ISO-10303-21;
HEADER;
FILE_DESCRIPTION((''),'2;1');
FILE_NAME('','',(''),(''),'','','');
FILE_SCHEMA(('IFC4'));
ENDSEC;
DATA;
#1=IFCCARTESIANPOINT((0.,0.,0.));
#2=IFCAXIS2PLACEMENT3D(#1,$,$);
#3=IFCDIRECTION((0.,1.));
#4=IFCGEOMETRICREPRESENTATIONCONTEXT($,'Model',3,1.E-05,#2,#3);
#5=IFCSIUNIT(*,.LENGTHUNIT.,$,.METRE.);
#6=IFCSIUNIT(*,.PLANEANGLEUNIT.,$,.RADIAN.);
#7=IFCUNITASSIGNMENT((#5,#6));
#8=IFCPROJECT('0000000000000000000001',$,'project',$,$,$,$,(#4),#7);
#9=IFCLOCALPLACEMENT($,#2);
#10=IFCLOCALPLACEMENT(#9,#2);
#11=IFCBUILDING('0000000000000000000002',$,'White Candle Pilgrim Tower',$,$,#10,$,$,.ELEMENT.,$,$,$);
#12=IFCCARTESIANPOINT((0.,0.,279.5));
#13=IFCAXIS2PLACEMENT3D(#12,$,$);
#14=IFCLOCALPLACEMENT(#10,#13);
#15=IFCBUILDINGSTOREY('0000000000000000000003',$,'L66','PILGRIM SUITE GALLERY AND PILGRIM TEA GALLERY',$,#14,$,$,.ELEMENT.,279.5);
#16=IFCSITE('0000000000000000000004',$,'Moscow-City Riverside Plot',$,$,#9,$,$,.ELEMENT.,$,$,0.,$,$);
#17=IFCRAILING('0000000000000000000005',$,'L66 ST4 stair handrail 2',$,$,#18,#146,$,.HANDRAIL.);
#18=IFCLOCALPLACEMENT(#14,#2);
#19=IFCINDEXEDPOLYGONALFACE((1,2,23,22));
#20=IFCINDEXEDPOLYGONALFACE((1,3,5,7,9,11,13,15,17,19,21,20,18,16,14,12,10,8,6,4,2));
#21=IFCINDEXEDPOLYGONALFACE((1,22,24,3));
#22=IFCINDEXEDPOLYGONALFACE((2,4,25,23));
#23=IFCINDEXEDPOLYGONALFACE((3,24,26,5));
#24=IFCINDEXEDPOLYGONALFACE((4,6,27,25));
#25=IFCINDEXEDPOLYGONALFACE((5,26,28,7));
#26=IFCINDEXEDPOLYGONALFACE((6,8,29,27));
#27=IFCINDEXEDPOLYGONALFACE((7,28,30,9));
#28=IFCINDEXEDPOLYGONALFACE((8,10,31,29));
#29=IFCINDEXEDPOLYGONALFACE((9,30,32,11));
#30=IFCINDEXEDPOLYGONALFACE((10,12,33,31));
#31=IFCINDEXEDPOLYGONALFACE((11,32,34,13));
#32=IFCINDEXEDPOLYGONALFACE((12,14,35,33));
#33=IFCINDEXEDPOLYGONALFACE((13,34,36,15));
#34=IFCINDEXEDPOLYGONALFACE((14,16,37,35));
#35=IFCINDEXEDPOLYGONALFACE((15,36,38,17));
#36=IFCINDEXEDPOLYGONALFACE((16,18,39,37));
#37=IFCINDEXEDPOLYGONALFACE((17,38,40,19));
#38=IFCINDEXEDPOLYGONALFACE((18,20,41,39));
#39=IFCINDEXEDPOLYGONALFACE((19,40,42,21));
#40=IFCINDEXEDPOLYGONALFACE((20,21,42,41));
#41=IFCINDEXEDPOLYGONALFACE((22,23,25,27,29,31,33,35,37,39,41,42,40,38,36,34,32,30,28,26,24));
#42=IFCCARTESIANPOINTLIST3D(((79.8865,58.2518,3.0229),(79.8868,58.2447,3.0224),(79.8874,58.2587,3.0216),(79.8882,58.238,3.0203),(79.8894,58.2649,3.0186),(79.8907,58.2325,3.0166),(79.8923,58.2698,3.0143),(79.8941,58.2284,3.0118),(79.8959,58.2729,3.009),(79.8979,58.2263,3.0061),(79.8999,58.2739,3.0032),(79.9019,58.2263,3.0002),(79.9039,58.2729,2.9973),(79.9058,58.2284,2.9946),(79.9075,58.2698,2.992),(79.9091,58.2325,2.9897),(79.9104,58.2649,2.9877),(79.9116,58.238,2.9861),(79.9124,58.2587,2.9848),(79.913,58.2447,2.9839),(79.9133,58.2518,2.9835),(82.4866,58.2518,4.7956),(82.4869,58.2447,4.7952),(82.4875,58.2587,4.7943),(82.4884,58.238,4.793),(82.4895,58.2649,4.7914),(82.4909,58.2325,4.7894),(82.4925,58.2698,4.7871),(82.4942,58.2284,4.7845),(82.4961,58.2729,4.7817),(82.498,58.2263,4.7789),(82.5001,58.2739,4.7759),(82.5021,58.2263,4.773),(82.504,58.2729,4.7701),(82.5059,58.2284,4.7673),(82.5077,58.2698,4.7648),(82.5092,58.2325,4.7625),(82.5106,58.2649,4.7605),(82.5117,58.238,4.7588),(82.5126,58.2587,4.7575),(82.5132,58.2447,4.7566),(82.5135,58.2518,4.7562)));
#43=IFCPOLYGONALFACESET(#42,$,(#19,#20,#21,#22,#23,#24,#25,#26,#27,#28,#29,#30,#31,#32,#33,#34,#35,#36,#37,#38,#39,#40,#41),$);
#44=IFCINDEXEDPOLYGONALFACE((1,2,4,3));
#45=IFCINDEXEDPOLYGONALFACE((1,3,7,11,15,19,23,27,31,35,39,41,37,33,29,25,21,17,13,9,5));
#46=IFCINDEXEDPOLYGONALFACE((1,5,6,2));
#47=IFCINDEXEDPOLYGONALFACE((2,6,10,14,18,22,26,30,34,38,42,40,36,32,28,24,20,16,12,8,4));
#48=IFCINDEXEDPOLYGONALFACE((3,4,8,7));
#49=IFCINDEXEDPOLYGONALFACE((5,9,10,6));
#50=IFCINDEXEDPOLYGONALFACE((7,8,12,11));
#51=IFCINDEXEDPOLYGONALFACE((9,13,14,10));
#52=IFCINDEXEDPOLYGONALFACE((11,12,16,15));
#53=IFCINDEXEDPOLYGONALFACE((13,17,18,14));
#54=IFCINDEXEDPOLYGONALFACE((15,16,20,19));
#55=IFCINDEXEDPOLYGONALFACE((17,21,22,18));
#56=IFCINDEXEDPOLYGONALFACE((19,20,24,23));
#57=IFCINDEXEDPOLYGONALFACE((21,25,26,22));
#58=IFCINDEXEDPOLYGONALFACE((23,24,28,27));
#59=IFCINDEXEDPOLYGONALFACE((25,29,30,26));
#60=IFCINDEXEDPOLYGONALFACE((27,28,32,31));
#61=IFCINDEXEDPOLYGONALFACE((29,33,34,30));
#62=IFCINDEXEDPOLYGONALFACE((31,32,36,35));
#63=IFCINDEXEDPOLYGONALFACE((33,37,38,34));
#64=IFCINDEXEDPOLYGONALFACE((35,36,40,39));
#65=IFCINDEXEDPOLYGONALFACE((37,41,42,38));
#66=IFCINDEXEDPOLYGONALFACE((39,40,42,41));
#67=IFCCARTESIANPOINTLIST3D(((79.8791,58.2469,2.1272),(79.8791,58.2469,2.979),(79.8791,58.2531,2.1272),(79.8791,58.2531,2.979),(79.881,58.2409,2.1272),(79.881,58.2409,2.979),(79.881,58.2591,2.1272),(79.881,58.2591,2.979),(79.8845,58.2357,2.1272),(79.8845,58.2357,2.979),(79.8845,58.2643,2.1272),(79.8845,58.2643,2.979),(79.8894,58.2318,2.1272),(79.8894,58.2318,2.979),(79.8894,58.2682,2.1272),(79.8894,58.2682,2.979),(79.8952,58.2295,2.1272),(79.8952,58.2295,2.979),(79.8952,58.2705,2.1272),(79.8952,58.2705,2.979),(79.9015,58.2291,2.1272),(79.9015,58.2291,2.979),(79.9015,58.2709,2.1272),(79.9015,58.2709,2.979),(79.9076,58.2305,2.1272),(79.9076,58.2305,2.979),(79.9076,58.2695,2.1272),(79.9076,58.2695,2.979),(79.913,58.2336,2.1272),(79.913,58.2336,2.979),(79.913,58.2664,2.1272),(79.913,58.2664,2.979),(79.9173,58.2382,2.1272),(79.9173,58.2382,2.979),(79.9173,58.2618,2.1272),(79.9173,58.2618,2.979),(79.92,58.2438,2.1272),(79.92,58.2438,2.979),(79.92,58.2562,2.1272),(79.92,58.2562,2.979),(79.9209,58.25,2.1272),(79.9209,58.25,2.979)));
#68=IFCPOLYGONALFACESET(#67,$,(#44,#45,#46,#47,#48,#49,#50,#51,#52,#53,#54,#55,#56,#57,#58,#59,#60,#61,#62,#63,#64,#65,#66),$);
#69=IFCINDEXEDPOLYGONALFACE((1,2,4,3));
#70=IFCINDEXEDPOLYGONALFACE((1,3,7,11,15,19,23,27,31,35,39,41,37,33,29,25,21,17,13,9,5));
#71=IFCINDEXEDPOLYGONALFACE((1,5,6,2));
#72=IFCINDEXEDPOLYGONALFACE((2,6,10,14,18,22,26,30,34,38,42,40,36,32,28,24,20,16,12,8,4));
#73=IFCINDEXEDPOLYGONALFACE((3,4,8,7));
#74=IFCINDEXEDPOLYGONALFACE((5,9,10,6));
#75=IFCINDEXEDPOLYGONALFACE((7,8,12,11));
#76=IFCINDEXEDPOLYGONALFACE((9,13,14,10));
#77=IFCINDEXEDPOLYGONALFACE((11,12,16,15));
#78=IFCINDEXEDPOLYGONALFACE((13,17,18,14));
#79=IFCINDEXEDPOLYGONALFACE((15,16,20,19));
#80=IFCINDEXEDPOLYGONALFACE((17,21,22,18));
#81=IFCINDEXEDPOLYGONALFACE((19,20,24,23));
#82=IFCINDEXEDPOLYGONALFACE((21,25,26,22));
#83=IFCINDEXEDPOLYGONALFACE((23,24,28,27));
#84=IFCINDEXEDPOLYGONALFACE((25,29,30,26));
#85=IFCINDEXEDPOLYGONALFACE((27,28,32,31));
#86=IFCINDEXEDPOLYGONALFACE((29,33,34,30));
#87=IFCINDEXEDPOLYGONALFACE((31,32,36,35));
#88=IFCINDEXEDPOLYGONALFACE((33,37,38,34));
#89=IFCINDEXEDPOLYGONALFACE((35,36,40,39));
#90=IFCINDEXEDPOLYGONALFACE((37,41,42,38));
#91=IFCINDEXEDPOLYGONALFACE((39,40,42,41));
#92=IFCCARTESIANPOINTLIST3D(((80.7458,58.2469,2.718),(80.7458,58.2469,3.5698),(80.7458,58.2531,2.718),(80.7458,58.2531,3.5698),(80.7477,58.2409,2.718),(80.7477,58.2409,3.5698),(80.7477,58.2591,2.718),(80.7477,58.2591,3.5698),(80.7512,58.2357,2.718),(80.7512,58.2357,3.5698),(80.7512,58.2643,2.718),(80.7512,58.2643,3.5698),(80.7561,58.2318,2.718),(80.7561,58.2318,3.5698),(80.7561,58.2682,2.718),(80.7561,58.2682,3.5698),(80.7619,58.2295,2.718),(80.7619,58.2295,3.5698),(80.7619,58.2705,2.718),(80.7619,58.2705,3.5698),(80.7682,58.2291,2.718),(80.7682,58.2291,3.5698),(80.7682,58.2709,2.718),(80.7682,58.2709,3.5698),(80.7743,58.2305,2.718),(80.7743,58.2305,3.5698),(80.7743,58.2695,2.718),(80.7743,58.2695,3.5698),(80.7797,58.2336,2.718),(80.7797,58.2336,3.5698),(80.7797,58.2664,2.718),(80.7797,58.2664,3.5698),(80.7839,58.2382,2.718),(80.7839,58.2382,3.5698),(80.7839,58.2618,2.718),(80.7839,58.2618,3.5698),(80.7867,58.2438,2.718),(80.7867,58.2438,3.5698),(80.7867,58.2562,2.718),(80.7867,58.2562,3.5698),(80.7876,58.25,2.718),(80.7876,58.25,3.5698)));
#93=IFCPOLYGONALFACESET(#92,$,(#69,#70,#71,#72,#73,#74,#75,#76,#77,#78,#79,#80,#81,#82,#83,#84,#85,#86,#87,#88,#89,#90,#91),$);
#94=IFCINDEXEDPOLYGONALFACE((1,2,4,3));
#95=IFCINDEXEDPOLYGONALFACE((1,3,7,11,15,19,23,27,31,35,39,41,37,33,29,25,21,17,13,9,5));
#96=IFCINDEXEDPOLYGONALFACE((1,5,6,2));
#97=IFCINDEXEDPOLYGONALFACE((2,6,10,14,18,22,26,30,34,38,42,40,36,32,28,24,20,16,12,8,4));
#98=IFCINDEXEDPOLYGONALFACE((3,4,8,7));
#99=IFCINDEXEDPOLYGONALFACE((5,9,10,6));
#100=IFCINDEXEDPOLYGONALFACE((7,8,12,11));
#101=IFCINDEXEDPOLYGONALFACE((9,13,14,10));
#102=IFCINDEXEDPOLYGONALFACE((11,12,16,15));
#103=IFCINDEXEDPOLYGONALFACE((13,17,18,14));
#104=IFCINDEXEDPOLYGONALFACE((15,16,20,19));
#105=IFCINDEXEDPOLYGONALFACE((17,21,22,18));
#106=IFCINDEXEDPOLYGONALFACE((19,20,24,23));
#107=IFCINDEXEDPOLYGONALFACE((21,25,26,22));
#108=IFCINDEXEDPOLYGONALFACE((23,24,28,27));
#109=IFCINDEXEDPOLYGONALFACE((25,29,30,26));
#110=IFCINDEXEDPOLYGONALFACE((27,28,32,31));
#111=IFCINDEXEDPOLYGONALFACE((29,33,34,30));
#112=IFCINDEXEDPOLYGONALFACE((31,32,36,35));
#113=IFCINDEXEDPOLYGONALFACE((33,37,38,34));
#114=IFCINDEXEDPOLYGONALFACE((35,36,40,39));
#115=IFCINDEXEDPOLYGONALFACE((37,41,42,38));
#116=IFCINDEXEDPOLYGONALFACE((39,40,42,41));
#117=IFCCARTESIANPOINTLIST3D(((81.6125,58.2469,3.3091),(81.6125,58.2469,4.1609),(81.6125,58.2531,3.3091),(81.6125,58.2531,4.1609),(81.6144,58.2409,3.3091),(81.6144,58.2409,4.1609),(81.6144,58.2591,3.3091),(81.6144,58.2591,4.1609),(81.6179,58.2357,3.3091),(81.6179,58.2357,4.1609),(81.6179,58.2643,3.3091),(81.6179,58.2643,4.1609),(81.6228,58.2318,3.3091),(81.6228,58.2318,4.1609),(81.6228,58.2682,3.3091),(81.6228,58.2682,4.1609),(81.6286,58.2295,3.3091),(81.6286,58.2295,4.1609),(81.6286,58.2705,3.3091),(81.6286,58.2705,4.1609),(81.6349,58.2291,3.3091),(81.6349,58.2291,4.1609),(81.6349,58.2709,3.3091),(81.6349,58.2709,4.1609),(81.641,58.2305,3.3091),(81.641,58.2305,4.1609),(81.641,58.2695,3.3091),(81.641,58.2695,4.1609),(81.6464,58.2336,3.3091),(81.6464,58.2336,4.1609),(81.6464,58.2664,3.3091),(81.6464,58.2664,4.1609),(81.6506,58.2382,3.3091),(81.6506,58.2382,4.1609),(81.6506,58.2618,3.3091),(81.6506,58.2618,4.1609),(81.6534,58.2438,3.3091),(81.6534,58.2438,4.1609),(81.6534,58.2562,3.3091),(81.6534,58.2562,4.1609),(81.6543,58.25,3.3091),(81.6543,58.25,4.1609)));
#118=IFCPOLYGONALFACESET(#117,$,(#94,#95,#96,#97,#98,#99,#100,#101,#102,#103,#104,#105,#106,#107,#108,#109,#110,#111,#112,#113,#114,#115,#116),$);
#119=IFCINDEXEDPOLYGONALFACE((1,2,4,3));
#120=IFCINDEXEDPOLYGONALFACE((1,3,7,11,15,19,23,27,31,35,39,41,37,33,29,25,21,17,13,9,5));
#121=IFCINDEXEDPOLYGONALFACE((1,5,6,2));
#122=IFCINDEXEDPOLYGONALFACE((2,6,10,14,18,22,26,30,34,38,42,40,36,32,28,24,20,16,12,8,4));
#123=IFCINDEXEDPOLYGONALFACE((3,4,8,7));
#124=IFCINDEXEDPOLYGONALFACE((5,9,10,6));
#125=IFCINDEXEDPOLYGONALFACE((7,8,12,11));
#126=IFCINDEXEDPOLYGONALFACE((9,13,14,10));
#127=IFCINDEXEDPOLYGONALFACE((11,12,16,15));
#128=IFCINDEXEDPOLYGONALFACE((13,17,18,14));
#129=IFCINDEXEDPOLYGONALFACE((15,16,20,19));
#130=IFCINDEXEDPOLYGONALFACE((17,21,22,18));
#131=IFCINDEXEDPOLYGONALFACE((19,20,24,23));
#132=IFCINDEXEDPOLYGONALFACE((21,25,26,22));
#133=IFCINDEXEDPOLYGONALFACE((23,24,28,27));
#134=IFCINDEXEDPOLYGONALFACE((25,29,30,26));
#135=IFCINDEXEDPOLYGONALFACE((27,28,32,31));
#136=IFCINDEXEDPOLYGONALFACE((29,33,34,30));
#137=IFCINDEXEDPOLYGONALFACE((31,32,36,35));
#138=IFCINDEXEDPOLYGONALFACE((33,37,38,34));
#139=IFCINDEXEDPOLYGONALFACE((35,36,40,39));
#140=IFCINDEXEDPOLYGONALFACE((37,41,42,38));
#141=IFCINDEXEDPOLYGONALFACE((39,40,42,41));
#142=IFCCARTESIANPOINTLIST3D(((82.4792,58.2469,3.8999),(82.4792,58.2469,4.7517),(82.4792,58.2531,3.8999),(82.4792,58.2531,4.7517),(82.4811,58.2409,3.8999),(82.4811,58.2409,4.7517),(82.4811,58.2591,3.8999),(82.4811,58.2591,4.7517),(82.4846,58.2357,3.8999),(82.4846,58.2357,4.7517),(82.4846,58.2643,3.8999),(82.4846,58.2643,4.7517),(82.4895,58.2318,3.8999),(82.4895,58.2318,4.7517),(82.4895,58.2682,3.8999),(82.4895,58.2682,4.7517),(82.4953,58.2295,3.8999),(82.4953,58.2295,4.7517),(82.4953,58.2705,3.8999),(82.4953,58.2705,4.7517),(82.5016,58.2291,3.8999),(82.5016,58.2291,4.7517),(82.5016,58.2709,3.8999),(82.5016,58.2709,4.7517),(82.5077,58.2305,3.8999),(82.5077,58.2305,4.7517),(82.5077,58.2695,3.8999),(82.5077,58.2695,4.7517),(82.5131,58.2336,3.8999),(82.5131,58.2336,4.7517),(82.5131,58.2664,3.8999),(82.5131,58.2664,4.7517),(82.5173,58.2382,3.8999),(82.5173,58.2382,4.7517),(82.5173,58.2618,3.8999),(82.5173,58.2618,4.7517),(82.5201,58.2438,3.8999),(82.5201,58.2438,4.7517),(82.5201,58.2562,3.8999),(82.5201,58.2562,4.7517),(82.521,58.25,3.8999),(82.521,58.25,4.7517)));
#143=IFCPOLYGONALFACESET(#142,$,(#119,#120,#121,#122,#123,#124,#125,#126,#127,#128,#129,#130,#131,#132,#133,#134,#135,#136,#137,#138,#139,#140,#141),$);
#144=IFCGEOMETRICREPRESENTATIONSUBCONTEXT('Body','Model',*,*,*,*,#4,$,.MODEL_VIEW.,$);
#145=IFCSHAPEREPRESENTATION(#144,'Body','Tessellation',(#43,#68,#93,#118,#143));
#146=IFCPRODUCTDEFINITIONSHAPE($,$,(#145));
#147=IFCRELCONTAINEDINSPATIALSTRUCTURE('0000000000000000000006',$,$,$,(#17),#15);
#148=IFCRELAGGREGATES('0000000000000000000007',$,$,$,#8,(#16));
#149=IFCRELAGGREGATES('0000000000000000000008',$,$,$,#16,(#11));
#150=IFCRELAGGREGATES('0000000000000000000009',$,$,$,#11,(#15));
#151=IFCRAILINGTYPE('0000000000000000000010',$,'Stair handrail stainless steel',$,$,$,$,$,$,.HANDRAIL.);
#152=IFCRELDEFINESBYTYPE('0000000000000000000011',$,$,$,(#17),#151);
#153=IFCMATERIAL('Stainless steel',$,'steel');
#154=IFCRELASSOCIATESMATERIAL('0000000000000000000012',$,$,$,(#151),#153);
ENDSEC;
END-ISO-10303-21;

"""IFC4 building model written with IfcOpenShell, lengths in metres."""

from ifc_helpers import new_model, si_unit, direction, frame, origin, origin_2d, place, context, subcontext, project, spatial, circle, extrude, material, type_object, element, save


model = new_model("IFC4")

# Units and contexts
model_context = context("Model", 3, precision=1e-05, world=origin(), true_north=direction((0.0, 1.0)))
body_context = subcontext(model_context, "Body", "Model", "MODEL_VIEW")
ifc_project = project(units=[si_unit("LENGTHUNIT", "METRE"), si_unit("PLANEANGLEUNIT", "RADIAN")], contexts=[model_context])

# Site, building, storey
site_placement = place(None, origin())
site = spatial("IfcSite", under=ifc_project, at=site_placement, Name="Moscow-City Riverside Plot", CompositionType="ELEMENT", RefElevation=0.0)
building_placement = place(site_placement, origin())
building = spatial("IfcBuilding", under=site, at=building_placement, Name="White Candle Pilgrim Tower", CompositionType="ELEMENT")
storey_placement = place(building_placement, frame((0.0, 0.0, 279.5)))
storey = spatial("IfcBuildingStorey", under=building, at=storey_placement, Name="L66", Description="PILGRIM SUITE GALLERY AND PILGRIM TEA GALLERY", CompositionType="ELEMENT", Elevation=279.5)

# Railing
ifc_material_1 = material(Name="Stainless steel", Category="steel")
railing_type_1 = type_object("IfcRailingType", Name="Stair handrail stainless steel", PredefinedType="HANDRAIL", material=ifc_material_1)
railing_1_placement = place(storey_placement, frame((79.8999, 58.25, 2.1272)))
element("IfcRailing", 1, at=railing_1_placement, inside=storey, type_object=railing_type_1, Name="L66 ST4 stair handrail 2", PredefinedType="HANDRAIL", context=body_context, shape_type="SweptSolid", body=[
    extrude(circle(Radius=0.0239, at=origin_2d()), frame((0.0, 0.0, 0.876), z_axis=(0.82624, 0.0, 0.563318), x_axis=(0.0, 1.0, 0.0)), (0.0, 0.0, 1.0), 3.147),
    extrude(circle(Radius=0.021, at=origin_2d()), origin(), (0.0, 0.0, 1.0), 0.8518),
    extrude(circle(Radius=0.021, at=origin_2d()), frame((0.8667, 0.0, 0.5908)), (0.0, 0.0, 1.0), 0.8518),
    extrude(circle(Radius=0.021, at=origin_2d()), frame((1.7334, 0.0, 1.1819)), (0.0, 0.0, 1.0), 0.8518),
    extrude(circle(Radius=0.021, at=origin_2d()), frame((2.6001, 0.0, 1.7727)), (0.0, 0.0, 1.0), 0.8518),
])

save(model, "model.ifc")
